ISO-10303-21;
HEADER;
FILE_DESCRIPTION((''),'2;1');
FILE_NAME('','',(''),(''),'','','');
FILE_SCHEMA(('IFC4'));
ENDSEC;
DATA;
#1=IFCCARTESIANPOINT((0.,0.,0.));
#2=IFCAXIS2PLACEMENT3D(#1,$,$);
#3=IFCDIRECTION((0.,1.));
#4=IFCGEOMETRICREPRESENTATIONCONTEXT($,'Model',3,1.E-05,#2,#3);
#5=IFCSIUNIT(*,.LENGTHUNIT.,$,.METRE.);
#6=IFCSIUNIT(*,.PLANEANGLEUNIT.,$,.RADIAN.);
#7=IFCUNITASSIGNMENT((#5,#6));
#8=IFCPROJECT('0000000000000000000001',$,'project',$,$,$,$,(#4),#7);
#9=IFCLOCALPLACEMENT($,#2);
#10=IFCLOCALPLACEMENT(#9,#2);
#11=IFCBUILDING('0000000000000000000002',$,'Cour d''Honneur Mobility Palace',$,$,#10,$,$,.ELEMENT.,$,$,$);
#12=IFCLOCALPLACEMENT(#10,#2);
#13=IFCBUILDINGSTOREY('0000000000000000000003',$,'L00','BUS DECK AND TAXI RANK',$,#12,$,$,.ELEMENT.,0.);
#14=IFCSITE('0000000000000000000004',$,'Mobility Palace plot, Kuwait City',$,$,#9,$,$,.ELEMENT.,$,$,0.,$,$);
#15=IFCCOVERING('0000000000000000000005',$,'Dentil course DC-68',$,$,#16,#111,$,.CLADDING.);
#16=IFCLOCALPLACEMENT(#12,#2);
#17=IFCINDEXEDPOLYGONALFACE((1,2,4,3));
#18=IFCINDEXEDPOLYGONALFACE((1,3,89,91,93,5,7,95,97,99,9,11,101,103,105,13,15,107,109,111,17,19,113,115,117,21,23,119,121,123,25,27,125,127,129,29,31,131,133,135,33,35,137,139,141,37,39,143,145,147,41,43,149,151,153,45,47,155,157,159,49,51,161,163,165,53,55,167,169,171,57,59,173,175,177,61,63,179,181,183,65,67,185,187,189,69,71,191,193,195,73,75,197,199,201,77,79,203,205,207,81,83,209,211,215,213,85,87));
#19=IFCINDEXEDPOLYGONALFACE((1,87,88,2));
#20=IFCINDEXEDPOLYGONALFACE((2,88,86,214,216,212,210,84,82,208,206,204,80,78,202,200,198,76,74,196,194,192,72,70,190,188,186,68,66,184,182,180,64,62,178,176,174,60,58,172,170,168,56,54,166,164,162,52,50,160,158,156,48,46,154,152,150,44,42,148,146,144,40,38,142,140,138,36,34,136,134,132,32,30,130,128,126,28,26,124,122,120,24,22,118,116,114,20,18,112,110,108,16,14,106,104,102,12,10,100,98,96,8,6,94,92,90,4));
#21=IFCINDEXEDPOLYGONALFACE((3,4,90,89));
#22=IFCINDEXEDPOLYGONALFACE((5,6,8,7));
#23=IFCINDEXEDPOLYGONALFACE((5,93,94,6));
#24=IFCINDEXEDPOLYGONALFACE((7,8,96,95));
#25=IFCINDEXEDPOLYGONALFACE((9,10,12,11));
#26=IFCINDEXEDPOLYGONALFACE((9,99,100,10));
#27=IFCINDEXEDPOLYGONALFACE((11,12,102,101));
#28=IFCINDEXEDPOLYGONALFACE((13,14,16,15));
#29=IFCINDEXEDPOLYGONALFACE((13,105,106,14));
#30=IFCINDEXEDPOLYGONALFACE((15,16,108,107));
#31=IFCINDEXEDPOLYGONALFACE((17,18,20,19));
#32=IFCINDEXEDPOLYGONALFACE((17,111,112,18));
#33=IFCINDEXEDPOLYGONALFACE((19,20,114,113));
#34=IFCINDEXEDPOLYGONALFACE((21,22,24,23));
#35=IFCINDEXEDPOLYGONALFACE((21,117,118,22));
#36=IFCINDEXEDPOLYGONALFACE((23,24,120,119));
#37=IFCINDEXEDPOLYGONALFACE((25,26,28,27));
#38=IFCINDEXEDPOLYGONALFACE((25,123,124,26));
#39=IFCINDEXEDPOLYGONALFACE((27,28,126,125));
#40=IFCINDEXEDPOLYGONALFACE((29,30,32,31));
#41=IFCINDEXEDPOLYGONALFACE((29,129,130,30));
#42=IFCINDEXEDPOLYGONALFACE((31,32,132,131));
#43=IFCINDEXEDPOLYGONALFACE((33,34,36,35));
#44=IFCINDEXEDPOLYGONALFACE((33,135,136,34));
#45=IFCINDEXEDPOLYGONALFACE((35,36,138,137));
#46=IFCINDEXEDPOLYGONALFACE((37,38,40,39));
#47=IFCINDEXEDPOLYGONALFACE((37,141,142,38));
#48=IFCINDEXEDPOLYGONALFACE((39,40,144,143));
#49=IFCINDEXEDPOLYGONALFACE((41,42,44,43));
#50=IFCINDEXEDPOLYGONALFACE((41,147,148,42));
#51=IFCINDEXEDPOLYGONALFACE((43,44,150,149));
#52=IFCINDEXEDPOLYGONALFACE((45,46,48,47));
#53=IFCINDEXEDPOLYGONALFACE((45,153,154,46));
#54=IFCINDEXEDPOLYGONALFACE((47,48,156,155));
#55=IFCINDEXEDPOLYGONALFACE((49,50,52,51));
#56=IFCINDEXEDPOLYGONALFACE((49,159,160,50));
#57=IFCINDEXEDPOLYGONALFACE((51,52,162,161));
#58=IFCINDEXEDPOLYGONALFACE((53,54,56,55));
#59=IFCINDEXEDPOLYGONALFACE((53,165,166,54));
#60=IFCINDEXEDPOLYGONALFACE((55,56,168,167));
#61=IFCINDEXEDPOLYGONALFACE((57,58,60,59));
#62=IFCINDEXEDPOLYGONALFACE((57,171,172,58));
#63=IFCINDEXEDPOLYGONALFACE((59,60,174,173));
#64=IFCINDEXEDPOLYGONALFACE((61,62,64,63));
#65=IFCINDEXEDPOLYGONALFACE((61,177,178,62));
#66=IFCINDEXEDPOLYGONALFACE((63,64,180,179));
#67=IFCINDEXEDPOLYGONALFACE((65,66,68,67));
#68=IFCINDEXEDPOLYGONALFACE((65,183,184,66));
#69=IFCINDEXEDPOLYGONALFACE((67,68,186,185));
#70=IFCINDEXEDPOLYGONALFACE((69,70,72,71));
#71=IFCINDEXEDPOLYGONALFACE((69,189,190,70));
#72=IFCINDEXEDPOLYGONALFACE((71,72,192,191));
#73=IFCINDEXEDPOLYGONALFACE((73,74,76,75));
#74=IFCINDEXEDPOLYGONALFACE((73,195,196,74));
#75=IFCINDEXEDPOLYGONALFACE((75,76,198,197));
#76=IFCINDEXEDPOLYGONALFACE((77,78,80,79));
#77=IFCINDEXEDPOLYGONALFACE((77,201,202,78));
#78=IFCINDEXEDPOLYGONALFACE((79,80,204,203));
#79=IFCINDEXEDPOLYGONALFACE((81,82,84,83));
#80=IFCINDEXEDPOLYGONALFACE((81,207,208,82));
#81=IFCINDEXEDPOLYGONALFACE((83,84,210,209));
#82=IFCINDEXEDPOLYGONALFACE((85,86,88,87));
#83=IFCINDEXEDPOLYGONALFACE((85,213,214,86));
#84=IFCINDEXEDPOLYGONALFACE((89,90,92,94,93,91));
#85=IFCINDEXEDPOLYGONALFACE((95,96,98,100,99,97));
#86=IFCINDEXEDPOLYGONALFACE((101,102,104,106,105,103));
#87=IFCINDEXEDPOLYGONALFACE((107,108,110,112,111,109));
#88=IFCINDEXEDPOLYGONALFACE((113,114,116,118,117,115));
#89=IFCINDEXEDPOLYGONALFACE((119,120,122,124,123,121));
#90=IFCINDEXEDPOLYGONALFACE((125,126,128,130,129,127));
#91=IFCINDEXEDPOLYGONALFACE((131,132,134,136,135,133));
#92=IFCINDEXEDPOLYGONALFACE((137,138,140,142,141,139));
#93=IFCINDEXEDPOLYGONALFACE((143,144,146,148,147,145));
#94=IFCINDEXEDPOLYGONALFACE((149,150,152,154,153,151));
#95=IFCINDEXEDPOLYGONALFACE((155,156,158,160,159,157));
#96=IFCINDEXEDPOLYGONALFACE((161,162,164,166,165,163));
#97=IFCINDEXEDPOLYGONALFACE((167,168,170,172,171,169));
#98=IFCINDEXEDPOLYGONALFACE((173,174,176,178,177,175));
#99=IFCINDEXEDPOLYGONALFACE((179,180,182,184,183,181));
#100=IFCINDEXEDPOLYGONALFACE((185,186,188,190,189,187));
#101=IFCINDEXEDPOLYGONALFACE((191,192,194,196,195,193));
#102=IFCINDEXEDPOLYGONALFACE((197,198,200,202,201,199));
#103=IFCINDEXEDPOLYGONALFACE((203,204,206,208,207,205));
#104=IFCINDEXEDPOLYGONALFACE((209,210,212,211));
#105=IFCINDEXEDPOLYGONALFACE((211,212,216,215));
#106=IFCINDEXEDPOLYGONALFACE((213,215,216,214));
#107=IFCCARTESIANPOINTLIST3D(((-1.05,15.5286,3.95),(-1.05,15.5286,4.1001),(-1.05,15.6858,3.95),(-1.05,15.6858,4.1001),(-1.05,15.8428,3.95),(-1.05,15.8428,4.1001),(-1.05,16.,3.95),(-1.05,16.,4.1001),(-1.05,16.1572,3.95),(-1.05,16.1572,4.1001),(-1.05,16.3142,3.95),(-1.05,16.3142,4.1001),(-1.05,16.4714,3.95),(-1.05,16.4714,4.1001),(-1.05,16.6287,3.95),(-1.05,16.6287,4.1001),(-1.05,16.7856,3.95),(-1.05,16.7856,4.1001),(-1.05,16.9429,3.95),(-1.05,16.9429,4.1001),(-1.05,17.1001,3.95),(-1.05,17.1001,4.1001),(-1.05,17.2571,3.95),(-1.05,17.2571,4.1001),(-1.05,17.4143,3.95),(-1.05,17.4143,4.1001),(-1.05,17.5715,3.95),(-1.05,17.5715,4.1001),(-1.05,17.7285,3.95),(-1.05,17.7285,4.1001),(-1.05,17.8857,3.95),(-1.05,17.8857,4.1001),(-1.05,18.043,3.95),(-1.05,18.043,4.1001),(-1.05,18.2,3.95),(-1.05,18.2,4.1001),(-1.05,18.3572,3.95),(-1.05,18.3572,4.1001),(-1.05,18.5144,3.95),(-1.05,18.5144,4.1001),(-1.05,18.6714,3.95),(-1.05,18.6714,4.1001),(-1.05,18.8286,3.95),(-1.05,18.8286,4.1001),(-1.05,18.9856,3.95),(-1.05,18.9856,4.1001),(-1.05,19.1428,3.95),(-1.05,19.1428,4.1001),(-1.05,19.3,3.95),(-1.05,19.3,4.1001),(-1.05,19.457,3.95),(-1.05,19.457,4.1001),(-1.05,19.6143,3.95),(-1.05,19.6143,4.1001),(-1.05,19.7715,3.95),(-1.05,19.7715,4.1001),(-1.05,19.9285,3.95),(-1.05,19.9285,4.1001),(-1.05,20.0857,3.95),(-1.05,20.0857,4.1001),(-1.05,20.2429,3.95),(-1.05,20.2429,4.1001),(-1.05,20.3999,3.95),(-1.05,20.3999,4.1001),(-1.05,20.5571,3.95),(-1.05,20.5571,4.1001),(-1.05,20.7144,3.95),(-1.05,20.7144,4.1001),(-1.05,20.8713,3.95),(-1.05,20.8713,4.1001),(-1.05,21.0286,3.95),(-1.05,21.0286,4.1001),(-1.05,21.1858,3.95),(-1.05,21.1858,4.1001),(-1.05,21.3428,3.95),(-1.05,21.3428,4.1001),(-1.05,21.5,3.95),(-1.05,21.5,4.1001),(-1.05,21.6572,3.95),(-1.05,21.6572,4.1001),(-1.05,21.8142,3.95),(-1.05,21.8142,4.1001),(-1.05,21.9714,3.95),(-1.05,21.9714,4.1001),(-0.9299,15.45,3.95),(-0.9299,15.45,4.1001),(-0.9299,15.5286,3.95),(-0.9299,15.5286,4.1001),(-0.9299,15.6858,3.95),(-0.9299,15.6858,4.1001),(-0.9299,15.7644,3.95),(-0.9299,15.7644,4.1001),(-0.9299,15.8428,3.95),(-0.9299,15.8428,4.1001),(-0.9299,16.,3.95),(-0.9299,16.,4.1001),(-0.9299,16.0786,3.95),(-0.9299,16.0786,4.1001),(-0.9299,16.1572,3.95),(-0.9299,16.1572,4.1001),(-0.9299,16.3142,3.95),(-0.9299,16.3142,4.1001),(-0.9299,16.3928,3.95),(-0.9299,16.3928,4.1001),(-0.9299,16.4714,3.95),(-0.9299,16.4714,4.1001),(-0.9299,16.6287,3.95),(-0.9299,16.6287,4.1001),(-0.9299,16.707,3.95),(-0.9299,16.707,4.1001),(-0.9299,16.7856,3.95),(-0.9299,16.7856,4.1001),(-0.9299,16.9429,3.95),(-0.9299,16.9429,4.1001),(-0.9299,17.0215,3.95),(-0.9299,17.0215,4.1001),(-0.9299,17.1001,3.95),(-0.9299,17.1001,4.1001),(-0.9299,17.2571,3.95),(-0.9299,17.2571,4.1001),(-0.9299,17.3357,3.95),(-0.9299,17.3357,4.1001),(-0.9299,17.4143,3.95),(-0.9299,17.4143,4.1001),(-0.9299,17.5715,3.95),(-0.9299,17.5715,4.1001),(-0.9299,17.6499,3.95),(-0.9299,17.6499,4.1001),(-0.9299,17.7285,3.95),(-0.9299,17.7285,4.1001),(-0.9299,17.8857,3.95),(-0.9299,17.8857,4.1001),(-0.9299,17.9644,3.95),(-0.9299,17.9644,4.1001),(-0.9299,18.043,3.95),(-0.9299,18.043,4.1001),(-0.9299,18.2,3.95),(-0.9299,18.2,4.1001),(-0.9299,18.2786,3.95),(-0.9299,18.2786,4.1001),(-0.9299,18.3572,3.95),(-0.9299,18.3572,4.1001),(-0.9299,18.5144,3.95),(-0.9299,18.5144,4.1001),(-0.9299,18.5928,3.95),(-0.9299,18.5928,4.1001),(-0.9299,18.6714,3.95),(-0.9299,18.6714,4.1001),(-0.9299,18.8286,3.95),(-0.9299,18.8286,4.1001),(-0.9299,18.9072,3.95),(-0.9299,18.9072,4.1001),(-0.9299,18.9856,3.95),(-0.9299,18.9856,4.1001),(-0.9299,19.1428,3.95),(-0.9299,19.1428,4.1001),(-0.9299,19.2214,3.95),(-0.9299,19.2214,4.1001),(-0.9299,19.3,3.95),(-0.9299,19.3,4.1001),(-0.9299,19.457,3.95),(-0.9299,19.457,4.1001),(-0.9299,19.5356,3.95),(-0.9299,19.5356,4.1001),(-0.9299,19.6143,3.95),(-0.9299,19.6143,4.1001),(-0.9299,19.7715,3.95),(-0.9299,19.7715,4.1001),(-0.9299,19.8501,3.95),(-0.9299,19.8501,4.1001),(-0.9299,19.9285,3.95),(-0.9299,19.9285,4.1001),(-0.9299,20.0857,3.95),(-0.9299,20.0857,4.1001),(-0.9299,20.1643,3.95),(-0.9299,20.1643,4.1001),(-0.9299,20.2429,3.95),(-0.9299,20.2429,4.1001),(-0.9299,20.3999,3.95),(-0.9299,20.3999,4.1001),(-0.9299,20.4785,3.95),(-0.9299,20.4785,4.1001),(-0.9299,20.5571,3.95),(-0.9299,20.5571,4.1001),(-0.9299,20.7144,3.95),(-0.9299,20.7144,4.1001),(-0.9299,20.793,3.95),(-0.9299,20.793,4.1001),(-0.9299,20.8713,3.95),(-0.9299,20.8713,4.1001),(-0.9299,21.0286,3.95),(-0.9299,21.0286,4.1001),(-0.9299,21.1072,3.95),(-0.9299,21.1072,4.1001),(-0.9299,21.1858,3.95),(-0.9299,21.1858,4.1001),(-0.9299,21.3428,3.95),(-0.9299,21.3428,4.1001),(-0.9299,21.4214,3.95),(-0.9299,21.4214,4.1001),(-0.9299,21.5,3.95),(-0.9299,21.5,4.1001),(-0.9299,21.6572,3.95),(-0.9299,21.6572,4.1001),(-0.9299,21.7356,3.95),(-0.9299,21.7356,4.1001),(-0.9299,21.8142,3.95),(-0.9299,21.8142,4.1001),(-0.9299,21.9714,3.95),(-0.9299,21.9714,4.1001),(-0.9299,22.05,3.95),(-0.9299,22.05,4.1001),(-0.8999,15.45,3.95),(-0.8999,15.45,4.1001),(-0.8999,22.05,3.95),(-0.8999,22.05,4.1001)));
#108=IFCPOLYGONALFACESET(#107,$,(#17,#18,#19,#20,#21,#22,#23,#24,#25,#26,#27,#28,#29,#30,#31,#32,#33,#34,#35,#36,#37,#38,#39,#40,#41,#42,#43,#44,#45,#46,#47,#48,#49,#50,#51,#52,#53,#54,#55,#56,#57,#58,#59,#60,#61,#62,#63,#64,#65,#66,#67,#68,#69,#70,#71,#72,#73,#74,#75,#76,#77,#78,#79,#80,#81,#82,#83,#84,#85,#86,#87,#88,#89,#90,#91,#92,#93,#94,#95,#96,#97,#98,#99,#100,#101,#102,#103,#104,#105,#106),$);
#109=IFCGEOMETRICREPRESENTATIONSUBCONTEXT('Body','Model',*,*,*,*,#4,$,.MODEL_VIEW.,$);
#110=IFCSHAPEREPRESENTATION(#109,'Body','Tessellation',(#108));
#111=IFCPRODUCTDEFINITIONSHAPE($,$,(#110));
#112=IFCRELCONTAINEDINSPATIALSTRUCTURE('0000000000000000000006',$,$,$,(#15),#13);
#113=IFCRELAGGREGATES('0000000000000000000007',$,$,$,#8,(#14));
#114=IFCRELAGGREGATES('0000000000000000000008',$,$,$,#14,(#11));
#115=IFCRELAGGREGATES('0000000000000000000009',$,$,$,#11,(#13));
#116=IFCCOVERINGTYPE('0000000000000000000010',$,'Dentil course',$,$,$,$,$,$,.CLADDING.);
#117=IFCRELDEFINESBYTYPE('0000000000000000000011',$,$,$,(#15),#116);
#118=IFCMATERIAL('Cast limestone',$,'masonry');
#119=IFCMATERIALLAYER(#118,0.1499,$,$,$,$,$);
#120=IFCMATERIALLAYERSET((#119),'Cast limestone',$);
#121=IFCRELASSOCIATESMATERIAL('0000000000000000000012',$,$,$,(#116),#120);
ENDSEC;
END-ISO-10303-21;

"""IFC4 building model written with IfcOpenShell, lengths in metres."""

from ifc_helpers import new_model, si_unit, direction, frame, origin, place, context, subcontext, project, spatial, polyline, outline, extrude, material, layer, layer_set, type_object, element, save


model = new_model("IFC4")

# Units and contexts
model_context = context("Model", 3, precision=1e-05, world=origin(), true_north=direction((0.0, 1.0)))
body_context = subcontext(model_context, "Body", "Model", "MODEL_VIEW")
ifc_project = project(units=[si_unit("LENGTHUNIT", "METRE"), si_unit("PLANEANGLEUNIT", "RADIAN")], contexts=[model_context])

# Site, building, storey
site_placement = place(None, origin())
site = spatial("IfcSite", under=ifc_project, at=site_placement, Name="Mobility Palace plot, Kuwait City", CompositionType="ELEMENT", RefElevation=0.0)
building_placement = place(site_placement, origin())
building = spatial("IfcBuilding", under=site, at=building_placement, Name="Cour d'Honneur Mobility Palace", CompositionType="ELEMENT")
storey_placement = place(building_placement, origin())
storey = spatial("IfcBuildingStorey", under=building, at=storey_placement, Name="L00", Description="BUS DECK AND TAXI RANK", CompositionType="ELEMENT", Elevation=0.0)

# Covering
ifc_material = material(Name="Cast limestone", Category="masonry")
ifc_layer = layer(ifc_material, 0.1499)
ifc_layer_set = layer_set([ifc_layer], Name="Cast limestone")
covering_type = type_object("IfcCoveringType", Name="Dentil course", PredefinedType="CLADDING", material=ifc_layer_set)
covering_1_placement = place(storey_placement, frame((0.0, 0.0, 3.95)))
element("IfcCovering", 1, at=covering_1_placement, inside=storey, type_object=covering_type, Name="Dentil course DC-68", PredefinedType="CLADDING", context=body_context, shape_type="SweptSolid", body=[
    extrude(outline(polyline([(-0.8999, 22.05), (-0.8999, 15.45), (-0.9299, 15.45), (-0.9299, 15.45), (-0.9299, 15.5286), (-1.05, 15.5286), (-1.05, 15.6858), (-0.9299, 15.6858), (-0.9299, 15.7644), (-0.9299, 15.7644), (-0.9299, 15.8428), (-1.05, 15.8428), (-1.05, 16.0), (-0.9299, 16.0), (-0.9299, 16.0786), (-0.9299, 16.0786), (-0.9299, 16.1572), (-1.05, 16.1572), (-1.05, 16.3142), (-0.9299, 16.3142), (-0.9299, 16.3928), (-0.9299, 16.3928), (-0.9299, 16.4714), (-1.05, 16.4714), (-1.05, 16.6287), (-0.9299, 16.6287), (-0.9299, 16.707), (-0.9299, 16.707), (-0.9299, 16.7856), (-1.05, 16.7856), (-1.05, 16.9429), (-0.9299, 16.9429), (-0.9299, 17.0215), (-0.9299, 17.0215), (-0.9299, 17.1001), (-1.05, 17.1001), (-1.05, 17.2571), (-0.9299, 17.2571), (-0.9299, 17.3357), (-0.9299, 17.3357), (-0.9299, 17.4143), (-1.05, 17.4143), (-1.05, 17.5715), (-0.9299, 17.5715), (-0.9299, 17.6499), (-0.9299, 17.6499), (-0.9299, 17.7285), (-1.05, 17.7285), (-1.05, 17.8857), (-0.9299, 17.8857), (-0.9299, 17.9644), (-0.9299, 17.9644), (-0.9299, 18.043), (-1.05, 18.043), (-1.05, 18.2), (-0.9299, 18.2), (-0.9299, 18.2786), (-0.9299, 18.2786), (-0.9299, 18.3572), (-1.05, 18.3572), (-1.05, 18.5144), (-0.9299, 18.5144), (-0.9299, 18.5928), (-0.9299, 18.5928), (-0.9299, 18.6714), (-1.05, 18.6714), (-1.05, 18.8286), (-0.9299, 18.8286), (-0.9299, 18.9072), (-0.9299, 18.9072), (-0.9299, 18.9856), (-1.05, 18.9856), (-1.05, 19.1428), (-0.9299, 19.1428), (-0.9299, 19.2214), (-0.9299, 19.2214), (-0.9299, 19.3), (-1.05, 19.3), (-1.05, 19.457), (-0.9299, 19.457), (-0.9299, 19.5356), (-0.9299, 19.5356), (-0.9299, 19.6143), (-1.05, 19.6143), (-1.05, 19.7715), (-0.9299, 19.7715), (-0.9299, 19.8501), (-0.9299, 19.8501), (-0.9299, 19.9285), (-1.05, 19.9285), (-1.05, 20.0857), (-0.9299, 20.0857), (-0.9299, 20.1643), (-0.9299, 20.1643), (-0.9299, 20.2429), (-1.05, 20.2429), (-1.05, 20.3999), (-0.9299, 20.3999), (-0.9299, 20.4785), (-0.9299, 20.4785), (-0.9299, 20.5571), (-1.05, 20.5571), (-1.05, 20.7144), (-0.9299, 20.7144), (-0.9299, 20.793), (-0.9299, 20.793), (-0.9299, 20.8713), (-1.05, 20.8713), (-1.05, 21.0286), (-0.9299, 21.0286), (-0.9299, 21.1072), (-0.9299, 21.1072), (-0.9299, 21.1858), (-1.05, 21.1858), (-1.05, 21.3428), (-0.9299, 21.3428), (-0.9299, 21.4214), (-0.9299, 21.4214), (-0.9299, 21.5), (-1.05, 21.5), (-1.05, 21.6572), (-0.9299, 21.6572), (-0.9299, 21.7356), (-0.9299, 21.7356), (-0.9299, 21.8142), (-1.05, 21.8142), (-1.05, 21.9714), (-0.9299, 21.9714), (-0.9299, 22.05), (-0.8999, 22.05)])), origin(), (0.0, 0.0, 1.0), 0.1501),
])

save(model, "model.ifc")
